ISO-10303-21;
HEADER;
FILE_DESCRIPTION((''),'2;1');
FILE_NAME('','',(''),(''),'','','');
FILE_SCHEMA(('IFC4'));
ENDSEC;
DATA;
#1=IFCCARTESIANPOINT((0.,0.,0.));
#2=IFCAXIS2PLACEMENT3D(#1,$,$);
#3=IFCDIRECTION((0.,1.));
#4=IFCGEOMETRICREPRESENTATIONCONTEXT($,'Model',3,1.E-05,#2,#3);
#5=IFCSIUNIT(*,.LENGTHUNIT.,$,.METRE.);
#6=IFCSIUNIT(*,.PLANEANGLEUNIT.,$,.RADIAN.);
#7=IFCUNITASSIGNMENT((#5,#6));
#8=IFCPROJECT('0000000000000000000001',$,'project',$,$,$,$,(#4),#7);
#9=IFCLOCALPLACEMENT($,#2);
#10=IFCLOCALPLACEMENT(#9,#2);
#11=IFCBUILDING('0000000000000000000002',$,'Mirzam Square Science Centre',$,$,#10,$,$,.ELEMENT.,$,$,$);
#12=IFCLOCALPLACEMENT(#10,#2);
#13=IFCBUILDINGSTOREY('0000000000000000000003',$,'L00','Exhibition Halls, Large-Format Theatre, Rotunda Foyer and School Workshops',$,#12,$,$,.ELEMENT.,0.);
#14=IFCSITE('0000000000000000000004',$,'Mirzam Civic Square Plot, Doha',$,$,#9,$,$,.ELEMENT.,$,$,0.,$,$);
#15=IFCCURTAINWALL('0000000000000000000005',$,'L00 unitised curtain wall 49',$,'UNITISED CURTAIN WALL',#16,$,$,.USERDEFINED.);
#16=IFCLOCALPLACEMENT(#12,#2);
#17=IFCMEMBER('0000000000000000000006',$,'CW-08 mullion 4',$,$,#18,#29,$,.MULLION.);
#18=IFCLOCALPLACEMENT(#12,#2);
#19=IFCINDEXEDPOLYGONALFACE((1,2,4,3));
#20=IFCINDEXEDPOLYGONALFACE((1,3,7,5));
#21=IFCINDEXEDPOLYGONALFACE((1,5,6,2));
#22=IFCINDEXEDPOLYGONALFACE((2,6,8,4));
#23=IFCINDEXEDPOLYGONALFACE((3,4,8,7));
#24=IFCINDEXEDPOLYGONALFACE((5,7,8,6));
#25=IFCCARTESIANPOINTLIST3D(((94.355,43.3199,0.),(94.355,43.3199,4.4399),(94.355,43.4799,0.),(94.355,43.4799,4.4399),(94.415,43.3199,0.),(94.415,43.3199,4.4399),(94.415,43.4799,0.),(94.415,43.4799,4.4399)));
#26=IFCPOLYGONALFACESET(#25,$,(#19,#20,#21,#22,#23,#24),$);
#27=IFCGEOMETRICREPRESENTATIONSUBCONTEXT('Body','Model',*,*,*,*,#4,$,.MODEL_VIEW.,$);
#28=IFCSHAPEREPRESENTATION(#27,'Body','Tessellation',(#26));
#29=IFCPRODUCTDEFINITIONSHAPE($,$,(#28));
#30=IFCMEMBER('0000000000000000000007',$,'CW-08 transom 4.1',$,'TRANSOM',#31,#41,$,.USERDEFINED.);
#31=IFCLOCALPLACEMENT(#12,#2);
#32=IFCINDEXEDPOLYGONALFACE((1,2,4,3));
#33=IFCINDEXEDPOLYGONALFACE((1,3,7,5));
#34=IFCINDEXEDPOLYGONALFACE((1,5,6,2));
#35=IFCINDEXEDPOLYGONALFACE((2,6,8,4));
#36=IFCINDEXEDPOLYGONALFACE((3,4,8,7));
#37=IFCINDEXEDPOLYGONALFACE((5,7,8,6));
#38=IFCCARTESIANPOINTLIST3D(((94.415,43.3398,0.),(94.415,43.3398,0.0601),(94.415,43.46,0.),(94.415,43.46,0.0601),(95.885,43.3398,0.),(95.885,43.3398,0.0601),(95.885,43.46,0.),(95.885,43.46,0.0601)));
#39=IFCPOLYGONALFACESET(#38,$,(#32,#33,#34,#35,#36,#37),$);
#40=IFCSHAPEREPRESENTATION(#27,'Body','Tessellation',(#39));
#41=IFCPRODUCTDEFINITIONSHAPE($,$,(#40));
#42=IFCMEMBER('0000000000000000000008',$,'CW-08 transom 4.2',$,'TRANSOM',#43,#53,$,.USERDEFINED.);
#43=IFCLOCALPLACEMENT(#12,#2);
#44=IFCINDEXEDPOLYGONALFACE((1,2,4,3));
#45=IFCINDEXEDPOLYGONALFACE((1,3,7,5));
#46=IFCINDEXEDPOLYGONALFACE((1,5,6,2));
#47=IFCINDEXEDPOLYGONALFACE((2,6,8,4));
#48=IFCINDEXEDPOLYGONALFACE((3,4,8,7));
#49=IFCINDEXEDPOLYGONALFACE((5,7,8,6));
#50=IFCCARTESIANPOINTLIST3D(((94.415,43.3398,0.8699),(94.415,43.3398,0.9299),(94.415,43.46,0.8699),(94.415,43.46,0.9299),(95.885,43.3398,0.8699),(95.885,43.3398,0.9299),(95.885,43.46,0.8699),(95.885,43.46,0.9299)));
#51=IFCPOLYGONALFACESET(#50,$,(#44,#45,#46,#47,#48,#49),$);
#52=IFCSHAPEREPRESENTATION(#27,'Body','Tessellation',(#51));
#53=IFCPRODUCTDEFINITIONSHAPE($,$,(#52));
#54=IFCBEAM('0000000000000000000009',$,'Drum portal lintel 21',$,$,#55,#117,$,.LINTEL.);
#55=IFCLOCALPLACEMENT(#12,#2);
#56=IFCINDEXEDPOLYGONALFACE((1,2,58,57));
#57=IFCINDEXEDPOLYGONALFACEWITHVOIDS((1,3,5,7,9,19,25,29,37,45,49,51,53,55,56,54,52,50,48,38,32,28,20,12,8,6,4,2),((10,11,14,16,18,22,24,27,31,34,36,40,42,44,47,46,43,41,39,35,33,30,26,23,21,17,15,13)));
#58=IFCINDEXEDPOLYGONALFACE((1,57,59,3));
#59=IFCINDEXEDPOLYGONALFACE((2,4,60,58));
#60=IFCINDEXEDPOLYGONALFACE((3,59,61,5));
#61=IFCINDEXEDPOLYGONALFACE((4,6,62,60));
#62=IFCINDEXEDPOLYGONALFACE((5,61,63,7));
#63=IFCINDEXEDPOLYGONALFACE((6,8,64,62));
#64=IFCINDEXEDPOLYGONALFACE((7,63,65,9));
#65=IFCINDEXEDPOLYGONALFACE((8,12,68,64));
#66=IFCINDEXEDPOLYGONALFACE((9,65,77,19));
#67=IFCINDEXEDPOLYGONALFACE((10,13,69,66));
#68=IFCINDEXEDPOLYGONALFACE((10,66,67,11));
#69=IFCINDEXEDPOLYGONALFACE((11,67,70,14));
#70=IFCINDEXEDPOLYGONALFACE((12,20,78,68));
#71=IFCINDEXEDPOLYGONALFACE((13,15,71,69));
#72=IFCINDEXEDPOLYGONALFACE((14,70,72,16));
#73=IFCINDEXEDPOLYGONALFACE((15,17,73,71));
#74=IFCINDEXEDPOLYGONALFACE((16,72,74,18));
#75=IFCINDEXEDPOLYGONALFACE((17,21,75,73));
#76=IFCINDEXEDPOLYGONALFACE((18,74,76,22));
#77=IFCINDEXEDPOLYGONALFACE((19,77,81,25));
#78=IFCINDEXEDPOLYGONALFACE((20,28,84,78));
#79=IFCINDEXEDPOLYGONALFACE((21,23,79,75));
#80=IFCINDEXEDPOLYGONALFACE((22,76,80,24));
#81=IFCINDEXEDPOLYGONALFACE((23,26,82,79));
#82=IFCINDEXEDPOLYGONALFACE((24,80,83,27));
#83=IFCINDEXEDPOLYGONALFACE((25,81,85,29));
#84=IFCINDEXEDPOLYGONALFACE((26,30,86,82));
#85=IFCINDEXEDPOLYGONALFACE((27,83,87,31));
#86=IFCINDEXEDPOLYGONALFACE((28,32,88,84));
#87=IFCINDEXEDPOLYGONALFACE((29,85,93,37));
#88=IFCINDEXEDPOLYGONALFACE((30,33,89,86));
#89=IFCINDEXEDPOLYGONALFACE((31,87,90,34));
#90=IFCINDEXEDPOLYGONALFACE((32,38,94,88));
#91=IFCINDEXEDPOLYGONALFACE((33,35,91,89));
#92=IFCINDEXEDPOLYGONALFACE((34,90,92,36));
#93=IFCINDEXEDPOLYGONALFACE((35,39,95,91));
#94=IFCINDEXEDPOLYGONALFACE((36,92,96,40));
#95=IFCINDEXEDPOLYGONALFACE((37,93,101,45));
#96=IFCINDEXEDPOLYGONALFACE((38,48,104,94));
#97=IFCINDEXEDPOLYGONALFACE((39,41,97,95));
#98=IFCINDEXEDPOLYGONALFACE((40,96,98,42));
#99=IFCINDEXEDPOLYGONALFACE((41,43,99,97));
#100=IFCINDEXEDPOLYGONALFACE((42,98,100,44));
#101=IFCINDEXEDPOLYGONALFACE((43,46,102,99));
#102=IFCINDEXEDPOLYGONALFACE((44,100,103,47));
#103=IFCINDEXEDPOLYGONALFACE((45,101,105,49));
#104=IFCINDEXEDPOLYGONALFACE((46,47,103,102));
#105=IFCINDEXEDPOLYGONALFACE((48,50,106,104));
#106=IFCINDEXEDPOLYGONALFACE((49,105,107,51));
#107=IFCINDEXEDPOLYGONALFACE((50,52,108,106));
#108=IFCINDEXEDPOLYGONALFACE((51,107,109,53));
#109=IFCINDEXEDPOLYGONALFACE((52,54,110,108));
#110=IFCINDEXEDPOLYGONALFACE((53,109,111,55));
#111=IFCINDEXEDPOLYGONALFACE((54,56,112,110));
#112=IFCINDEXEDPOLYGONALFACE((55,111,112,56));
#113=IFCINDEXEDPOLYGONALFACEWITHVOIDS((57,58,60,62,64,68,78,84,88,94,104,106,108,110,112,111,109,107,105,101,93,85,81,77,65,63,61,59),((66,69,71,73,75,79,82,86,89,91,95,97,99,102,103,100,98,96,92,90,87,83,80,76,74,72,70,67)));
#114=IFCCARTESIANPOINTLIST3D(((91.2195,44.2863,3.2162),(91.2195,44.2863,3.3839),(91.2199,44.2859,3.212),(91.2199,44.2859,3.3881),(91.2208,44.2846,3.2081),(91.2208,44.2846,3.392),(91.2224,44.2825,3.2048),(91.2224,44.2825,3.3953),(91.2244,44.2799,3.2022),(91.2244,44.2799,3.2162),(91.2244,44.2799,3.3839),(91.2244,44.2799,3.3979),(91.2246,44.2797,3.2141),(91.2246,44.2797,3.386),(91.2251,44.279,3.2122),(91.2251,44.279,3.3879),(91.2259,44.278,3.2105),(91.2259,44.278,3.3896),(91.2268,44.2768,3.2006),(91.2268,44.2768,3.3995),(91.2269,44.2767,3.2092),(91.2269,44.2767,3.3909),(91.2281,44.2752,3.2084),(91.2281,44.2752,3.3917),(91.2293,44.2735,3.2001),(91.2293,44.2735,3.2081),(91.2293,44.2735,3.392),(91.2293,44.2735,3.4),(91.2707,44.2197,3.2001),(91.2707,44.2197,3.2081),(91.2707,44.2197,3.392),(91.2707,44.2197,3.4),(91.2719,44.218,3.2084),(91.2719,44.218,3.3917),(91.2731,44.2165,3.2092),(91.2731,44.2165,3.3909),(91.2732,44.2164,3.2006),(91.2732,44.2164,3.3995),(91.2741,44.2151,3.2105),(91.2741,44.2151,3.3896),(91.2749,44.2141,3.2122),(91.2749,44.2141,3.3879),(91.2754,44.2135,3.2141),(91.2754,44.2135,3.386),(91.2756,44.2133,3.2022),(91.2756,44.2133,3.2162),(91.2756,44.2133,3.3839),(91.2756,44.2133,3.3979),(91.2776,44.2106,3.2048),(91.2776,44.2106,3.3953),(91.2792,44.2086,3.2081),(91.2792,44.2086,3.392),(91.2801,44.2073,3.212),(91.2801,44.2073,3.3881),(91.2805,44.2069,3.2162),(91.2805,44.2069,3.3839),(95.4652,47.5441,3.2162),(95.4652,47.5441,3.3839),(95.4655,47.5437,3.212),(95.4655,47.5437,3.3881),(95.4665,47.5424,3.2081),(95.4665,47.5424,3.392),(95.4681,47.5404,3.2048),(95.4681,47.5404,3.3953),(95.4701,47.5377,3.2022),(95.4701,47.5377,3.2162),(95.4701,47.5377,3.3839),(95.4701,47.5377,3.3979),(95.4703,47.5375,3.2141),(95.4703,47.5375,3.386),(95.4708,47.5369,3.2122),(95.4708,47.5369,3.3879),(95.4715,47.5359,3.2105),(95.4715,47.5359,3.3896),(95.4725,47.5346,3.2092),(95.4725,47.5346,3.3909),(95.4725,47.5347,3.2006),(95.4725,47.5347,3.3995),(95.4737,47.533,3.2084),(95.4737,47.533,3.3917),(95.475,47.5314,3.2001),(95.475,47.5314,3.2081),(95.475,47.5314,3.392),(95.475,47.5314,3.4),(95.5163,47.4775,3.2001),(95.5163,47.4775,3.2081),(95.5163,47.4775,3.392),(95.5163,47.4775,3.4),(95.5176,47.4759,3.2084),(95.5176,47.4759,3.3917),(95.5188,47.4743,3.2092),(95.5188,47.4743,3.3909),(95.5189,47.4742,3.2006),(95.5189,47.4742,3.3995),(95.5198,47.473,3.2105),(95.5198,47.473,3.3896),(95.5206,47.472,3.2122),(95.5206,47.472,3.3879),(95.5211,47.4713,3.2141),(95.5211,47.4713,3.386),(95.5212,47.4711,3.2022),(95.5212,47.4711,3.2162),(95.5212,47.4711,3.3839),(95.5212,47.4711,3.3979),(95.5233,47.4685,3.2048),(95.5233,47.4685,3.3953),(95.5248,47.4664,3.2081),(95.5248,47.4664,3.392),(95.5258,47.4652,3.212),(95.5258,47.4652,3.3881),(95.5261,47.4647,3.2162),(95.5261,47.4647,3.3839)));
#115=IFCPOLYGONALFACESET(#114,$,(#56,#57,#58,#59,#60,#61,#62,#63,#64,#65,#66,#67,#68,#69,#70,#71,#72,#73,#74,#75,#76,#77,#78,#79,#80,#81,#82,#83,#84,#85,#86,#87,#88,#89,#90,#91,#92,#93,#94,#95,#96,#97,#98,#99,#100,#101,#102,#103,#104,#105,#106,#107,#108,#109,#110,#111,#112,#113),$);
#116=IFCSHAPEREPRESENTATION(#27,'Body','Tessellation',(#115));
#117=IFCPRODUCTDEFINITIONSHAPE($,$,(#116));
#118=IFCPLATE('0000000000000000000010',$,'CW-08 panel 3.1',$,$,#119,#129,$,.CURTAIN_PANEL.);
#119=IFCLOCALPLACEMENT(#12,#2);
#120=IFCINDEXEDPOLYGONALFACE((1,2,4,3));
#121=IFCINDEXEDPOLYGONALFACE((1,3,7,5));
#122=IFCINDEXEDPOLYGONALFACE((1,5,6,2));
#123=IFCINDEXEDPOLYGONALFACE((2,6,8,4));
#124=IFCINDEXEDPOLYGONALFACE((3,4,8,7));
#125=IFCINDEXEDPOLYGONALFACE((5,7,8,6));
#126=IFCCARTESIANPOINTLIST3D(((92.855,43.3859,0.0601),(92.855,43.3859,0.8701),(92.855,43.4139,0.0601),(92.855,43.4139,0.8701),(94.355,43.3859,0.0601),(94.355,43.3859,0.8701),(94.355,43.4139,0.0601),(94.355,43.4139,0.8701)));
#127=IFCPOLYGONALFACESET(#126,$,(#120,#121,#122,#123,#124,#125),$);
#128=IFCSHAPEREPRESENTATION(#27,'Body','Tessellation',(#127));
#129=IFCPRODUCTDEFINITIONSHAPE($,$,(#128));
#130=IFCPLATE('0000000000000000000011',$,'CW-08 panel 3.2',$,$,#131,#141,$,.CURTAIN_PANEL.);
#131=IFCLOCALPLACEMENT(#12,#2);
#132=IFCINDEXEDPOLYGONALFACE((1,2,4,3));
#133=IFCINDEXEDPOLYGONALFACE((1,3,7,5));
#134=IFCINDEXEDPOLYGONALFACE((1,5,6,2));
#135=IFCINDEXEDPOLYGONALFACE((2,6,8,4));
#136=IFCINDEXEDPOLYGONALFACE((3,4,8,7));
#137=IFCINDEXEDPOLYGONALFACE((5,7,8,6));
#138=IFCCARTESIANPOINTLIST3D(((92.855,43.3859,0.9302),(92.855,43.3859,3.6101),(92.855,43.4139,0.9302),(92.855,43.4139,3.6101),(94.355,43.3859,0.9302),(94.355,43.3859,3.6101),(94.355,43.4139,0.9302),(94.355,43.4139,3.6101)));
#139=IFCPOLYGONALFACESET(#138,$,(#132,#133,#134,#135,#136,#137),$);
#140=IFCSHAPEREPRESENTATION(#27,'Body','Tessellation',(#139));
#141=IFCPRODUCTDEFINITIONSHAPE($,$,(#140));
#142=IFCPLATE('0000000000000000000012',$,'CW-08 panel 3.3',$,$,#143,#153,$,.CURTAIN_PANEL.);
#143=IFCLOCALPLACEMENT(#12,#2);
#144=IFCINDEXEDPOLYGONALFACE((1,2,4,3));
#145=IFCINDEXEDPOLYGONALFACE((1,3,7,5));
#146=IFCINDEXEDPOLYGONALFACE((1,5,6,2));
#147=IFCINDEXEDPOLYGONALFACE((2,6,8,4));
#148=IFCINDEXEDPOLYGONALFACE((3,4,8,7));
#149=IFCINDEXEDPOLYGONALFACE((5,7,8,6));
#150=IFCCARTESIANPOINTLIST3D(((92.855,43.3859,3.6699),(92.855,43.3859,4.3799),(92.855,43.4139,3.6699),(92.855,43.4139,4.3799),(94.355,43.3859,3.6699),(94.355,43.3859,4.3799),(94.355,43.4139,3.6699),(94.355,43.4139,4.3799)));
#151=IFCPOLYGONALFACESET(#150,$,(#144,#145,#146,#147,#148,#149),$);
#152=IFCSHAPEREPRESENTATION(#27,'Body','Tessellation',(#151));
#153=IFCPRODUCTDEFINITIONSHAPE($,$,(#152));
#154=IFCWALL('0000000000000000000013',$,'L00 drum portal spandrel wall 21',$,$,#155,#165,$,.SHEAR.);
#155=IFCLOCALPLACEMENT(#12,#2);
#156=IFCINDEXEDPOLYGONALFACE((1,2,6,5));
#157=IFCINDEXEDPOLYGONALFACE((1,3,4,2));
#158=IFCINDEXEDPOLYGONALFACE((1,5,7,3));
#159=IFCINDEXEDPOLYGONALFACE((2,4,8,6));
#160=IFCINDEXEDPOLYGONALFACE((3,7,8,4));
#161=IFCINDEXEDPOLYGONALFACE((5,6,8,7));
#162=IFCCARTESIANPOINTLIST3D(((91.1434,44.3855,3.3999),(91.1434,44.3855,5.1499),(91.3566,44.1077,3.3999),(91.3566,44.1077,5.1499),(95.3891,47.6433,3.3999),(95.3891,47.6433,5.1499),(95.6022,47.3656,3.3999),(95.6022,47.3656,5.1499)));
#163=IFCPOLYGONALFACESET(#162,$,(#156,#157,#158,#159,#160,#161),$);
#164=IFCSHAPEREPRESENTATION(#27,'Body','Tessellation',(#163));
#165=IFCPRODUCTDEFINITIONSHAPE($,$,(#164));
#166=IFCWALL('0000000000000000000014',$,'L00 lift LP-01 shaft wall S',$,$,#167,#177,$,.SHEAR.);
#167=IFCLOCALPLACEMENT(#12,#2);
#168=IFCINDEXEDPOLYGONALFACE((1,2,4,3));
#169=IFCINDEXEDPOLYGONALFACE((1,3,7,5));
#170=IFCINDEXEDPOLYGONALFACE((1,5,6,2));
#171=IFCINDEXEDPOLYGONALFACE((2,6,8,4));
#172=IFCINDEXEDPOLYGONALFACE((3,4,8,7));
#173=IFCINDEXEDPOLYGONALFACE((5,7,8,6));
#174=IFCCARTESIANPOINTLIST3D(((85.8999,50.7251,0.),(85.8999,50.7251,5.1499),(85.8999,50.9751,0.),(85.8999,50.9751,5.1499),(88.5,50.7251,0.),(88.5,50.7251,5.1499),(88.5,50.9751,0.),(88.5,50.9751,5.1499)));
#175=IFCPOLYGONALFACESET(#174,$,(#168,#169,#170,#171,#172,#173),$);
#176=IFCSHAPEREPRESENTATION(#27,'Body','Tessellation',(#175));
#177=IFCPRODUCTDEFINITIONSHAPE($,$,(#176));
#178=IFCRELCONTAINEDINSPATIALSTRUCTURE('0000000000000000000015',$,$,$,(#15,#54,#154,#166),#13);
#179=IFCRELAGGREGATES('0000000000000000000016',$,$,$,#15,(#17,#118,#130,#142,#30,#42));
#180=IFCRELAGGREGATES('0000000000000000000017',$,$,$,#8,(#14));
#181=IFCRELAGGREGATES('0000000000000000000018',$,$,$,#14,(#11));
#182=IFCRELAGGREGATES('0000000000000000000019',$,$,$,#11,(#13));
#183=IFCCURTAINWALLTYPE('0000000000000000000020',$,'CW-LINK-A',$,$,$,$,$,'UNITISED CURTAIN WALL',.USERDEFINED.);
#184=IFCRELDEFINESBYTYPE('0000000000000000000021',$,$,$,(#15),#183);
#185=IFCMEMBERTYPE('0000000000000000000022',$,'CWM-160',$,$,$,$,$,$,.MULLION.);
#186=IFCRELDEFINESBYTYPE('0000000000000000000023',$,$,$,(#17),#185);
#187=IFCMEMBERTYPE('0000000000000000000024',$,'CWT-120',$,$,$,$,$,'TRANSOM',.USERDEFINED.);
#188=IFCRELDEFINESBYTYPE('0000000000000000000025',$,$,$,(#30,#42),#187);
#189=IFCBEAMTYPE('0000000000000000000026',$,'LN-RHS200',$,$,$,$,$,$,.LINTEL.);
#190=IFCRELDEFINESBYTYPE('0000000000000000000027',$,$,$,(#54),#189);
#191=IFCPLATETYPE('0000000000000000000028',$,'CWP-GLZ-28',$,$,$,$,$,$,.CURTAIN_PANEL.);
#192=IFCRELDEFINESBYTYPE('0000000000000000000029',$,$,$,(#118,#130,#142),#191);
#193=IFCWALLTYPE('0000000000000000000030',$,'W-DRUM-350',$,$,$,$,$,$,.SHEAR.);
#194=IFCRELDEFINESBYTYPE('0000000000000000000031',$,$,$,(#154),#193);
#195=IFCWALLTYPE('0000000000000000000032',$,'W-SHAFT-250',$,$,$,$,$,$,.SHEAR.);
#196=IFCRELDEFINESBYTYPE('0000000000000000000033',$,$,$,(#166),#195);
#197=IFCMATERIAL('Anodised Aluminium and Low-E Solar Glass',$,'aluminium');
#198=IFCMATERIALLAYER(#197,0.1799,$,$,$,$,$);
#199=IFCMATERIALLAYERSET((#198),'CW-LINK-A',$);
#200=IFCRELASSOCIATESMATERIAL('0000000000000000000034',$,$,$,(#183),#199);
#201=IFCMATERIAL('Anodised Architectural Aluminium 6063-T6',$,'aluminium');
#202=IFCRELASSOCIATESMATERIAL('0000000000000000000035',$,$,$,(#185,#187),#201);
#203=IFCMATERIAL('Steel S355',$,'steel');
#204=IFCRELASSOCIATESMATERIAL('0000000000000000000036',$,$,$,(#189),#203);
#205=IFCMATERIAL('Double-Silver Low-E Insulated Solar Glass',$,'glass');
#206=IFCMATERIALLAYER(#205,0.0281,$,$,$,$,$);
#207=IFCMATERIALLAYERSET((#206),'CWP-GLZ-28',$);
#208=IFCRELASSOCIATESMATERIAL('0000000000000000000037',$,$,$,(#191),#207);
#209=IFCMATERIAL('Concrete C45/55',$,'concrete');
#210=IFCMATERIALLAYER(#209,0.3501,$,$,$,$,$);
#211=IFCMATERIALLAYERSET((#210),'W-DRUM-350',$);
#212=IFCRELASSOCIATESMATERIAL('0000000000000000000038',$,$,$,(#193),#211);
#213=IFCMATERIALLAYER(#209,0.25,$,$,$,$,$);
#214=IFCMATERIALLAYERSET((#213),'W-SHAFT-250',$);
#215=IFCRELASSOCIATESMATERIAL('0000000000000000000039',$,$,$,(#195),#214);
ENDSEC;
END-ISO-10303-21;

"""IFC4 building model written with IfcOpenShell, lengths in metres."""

from ifc_helpers import new_model, si_unit, direction, frame, frame_2d, origin, origin_2d, place, context, subcontext, project, spatial, rectangle, hollow_rectangle, extrude, material, layer, layer_set, material_profile, profile_set, type_object, element, aggregate, save


model = new_model("IFC4")

# Units and contexts
model_context = context("Model", 3, precision=1e-05, world=origin(), true_north=direction((0.0, 1.0)))
body_context = subcontext(model_context, "Body", "Model", "MODEL_VIEW")
ifc_project = project(units=[si_unit("LENGTHUNIT", "METRE"), si_unit("PLANEANGLEUNIT", "RADIAN")], contexts=[model_context])

# Site, building, storey
site_placement = place(None, origin())
site = spatial("IfcSite", under=ifc_project, at=site_placement, Name="Mirzam Civic Square Plot, Doha", CompositionType="ELEMENT", RefElevation=0.0)
building_placement = place(site_placement, origin())
building = spatial("IfcBuilding", under=site, at=building_placement, Name="Mirzam Square Science Centre", CompositionType="ELEMENT")
storey_placement = place(building_placement, origin())
storey = spatial("IfcBuildingStorey", under=building, at=storey_placement, Name="L00", Description="Exhibition Halls, Large-Format Theatre, Rotunda Foyer and School Workshops", CompositionType="ELEMENT", Elevation=0.0)

# Shared definitions
ifc_material_1 = material(Name="Steel S355", Category="steel")
ifc_material_2 = material(Name="Concrete C45/55", Category="concrete")

# Curtain wall, members
ifc_material_3 = material(Name="Anodised Aluminium and Low-E Solar Glass", Category="aluminium")
ifc_layer_1 = layer(ifc_material_3, 0.1799)
ifc_layer_set_1 = layer_set([ifc_layer_1], Name="CW-LINK-A")
curtain_wall_type = type_object("IfcCurtainWallType", Name="CW-LINK-A", ElementType="UNITISED CURTAIN WALL", PredefinedType="USERDEFINED", material=ifc_layer_set_1)
curtain_wall_placement = place(storey_placement, origin())
curtain_wall = element("IfcCurtainWall", 1, at=curtain_wall_placement, inside=storey, type_object=curtain_wall_type, Name="L00 unitised curtain wall 49", ObjectType="UNITISED CURTAIN WALL", PredefinedType="USERDEFINED")
ifc_material_4 = material(Name="Anodised Architectural Aluminium 6063-T6", Category="aluminium")
ifc_material_profile_1 = material_profile(ifc_material_4, rectangle(XDim=0.0601, YDim=0.1599, at=origin_2d()), Name="ALU-MULL-160x60x4")
ifc_profile_set_1 = profile_set([ifc_material_profile_1], Name="Anodised Architectural Aluminium 6063-T6")
member_type_1 = type_object("IfcMemberType", Name="CWM-160", PredefinedType="MULLION", material=ifc_profile_set_1)
member_1_placement = place(storey_placement, frame((94.385, 43.3999, 0.0), z_axis=(0.0, 0.0, 1.0), x_axis=(1.0, 0.0, 0.0)))
member_1 = element("IfcMember", 2, at=member_1_placement, type_object=member_type_1, Name="CW-08 mullion 4", PredefinedType="MULLION", context=body_context, shape_type="SweptSolid", body=[
    extrude(rectangle(XDim=0.0601, YDim=0.1599, at=origin_2d()), origin(), (0.0, 0.0, 1.0), 4.4399),
])
ifc_material_profile_2 = material_profile(ifc_material_4, rectangle(XDim=0.1201, YDim=0.0601, at=origin_2d()), Name="ALU-TRAN-120x60x4")
ifc_profile_set_2 = profile_set([ifc_material_profile_2], Name="Anodised Architectural Aluminium 6063-T6")
member_type_2 = type_object("IfcMemberType", Name="CWT-120", ElementType="TRANSOM", PredefinedType="USERDEFINED", material=ifc_profile_set_2)
member_2_placement = place(storey_placement, frame((94.415, 43.3999, 0.03), z_axis=(1.0, 0.0, 0.0), x_axis=(0.0, 1.0, 0.0)))
member_2 = element("IfcMember", 3, at=member_2_placement, type_object=member_type_2, Name="CW-08 transom 4.1", ObjectType="TRANSOM", PredefinedType="USERDEFINED", context=body_context, shape_type="SweptSolid", body=[
    extrude(rectangle(XDim=0.1201, YDim=0.0601, at=origin_2d()), origin(), (0.0, 0.0, 1.0), 1.47),
])
member_3_placement = place(storey_placement, frame((94.415, 43.3999, 0.8999), z_axis=(1.0, 0.0, 0.0), x_axis=(0.0, 1.0, 0.0)))
member_3 = element("IfcMember", 4, at=member_3_placement, type_object=member_type_2, Name="CW-08 transom 4.2", ObjectType="TRANSOM", PredefinedType="USERDEFINED", context=body_context, shape_type="SweptSolid", body=[
    extrude(rectangle(XDim=0.1201, YDim=0.0601, at=origin_2d()), origin(), (0.0, 0.0, 1.0), 1.47),
])

# Beam
ifc_material_profile_3 = material_profile(ifc_material_1, hollow_rectangle(XDim=0.1001, YDim=0.2, WallThickness=0.0081, InnerFilletRadius=0.0081, OuterFilletRadius=0.0161, at=origin_2d()), Name="200x100x8.0RHS")
ifc_profile_set_3 = profile_set([ifc_material_profile_3], Name="Steel S355")
beam_type_1 = type_object("IfcBeamType", Name="LN-RHS200", PredefinedType="LINTEL", material=ifc_profile_set_3)
beam_1_placement = place(storey_placement, frame((91.25, 44.2466, 3.3), z_axis=(0.793349, 0.608767, 0.0), x_axis=(-0.608767, 0.793349, 0.0)))
element("IfcBeam", 5, at=beam_1_placement, inside=storey, type_object=beam_type_1, Name="Drum portal lintel 21", PredefinedType="LINTEL", context=body_context, shape_type="SweptSolid", body=[
    extrude(hollow_rectangle(XDim=0.1001, YDim=0.2, WallThickness=0.0081, InnerFilletRadius=0.0081, OuterFilletRadius=0.0161, at=origin_2d()), origin(), (0.0, 0.0, 1.0), 5.3516),
])

# Plates
ifc_material_5 = material(Name="Double-Silver Low-E Insulated Solar Glass", Category="glass")
ifc_layer_2 = layer(ifc_material_5, 0.0281)
ifc_layer_set_2 = layer_set([ifc_layer_2], Name="CWP-GLZ-28")
plate_type = type_object("IfcPlateType", Name="CWP-GLZ-28", PredefinedType="CURTAIN_PANEL", material=ifc_layer_set_2)
plate_1_placement = place(storey_placement, frame((93.605, 43.3999, 0.0601), z_axis=(0.0, 0.0, 1.0), x_axis=(1.0, 0.0, 0.0)))
plate_1 = element("IfcPlate", 6, at=plate_1_placement, type_object=plate_type, Name="CW-08 panel 3.1", PredefinedType="CURTAIN_PANEL", context=body_context, shape_type="SweptSolid", body=[
    extrude(rectangle(XDim=1.5, YDim=0.0281, at=origin_2d()), origin(), (0.0, 0.0, 1.0), 0.8101),
])
plate_2_placement = place(storey_placement, frame((93.605, 43.3999, 0.9302), z_axis=(0.0, 0.0, 1.0), x_axis=(1.0, 0.0, 0.0)))
plate_2 = element("IfcPlate", 7, at=plate_2_placement, type_object=plate_type, Name="CW-08 panel 3.2", PredefinedType="CURTAIN_PANEL", context=body_context, shape_type="SweptSolid", body=[
    extrude(rectangle(XDim=1.5, YDim=0.0281, at=origin_2d()), origin(), (0.0, 0.0, 1.0), 2.6799),
])
plate_3_placement = place(storey_placement, frame((93.605, 43.3999, 3.6699), z_axis=(0.0, 0.0, 1.0), x_axis=(1.0, 0.0, 0.0)))
plate_3 = element("IfcPlate", 8, at=plate_3_placement, type_object=plate_type, Name="CW-08 panel 3.3", PredefinedType="CURTAIN_PANEL", context=body_context, shape_type="SweptSolid", body=[
    extrude(rectangle(XDim=1.5, YDim=0.0281, at=origin_2d()), origin(), (0.0, 0.0, 1.0), 0.71),
])
aggregate(curtain_wall, [member_1, plate_1, plate_2, plate_3, member_2, member_3])

# Walls
ifc_layer_3 = layer(ifc_material_2, 0.3501)
ifc_layer_set_3 = layer_set([ifc_layer_3], Name="W-DRUM-350")
wall_type_1 = type_object("IfcWallType", Name="W-DRUM-350", PredefinedType="SHEAR", material=ifc_layer_set_3)
wall_1_placement = place(storey_placement, frame((91.25, 44.2466, 3.3999), z_axis=(0.0, 0.0, 1.0), x_axis=(0.793349, 0.608767, 0.0)))
element("IfcWall", 9, at=wall_1_placement, inside=storey, type_object=wall_type_1, Name="L00 drum portal spandrel wall 21", PredefinedType="SHEAR", context=body_context, shape_type="SweptSolid", body=[
    extrude(rectangle(XDim=5.3516, YDim=0.3501, at=frame_2d((2.6758, 0.0))), origin(), (0.0, 0.0, 1.0), 1.75),
])
ifc_layer_4 = layer(ifc_material_2, 0.25)
ifc_layer_set_4 = layer_set([ifc_layer_4], Name="W-SHAFT-250")
wall_type_2 = type_object("IfcWallType", Name="W-SHAFT-250", PredefinedType="SHEAR", material=ifc_layer_set_4)
wall_2_placement = place(storey_placement, frame((85.8999, 50.8501, 0.0), z_axis=(0.0, 0.0, 1.0), x_axis=(1.0, 0.0, 0.0)))
element("IfcWall", 10, at=wall_2_placement, inside=storey, type_object=wall_type_2, Name="L00 lift LP-01 shaft wall S", PredefinedType="SHEAR", context=body_context, shape_type="SweptSolid", body=[
    extrude(rectangle(XDim=2.6001, YDim=0.25, at=frame_2d((1.3, 0.0))), origin(), (0.0, 0.0, 1.0), 5.1499),
])

save(model, "model.ifc")
